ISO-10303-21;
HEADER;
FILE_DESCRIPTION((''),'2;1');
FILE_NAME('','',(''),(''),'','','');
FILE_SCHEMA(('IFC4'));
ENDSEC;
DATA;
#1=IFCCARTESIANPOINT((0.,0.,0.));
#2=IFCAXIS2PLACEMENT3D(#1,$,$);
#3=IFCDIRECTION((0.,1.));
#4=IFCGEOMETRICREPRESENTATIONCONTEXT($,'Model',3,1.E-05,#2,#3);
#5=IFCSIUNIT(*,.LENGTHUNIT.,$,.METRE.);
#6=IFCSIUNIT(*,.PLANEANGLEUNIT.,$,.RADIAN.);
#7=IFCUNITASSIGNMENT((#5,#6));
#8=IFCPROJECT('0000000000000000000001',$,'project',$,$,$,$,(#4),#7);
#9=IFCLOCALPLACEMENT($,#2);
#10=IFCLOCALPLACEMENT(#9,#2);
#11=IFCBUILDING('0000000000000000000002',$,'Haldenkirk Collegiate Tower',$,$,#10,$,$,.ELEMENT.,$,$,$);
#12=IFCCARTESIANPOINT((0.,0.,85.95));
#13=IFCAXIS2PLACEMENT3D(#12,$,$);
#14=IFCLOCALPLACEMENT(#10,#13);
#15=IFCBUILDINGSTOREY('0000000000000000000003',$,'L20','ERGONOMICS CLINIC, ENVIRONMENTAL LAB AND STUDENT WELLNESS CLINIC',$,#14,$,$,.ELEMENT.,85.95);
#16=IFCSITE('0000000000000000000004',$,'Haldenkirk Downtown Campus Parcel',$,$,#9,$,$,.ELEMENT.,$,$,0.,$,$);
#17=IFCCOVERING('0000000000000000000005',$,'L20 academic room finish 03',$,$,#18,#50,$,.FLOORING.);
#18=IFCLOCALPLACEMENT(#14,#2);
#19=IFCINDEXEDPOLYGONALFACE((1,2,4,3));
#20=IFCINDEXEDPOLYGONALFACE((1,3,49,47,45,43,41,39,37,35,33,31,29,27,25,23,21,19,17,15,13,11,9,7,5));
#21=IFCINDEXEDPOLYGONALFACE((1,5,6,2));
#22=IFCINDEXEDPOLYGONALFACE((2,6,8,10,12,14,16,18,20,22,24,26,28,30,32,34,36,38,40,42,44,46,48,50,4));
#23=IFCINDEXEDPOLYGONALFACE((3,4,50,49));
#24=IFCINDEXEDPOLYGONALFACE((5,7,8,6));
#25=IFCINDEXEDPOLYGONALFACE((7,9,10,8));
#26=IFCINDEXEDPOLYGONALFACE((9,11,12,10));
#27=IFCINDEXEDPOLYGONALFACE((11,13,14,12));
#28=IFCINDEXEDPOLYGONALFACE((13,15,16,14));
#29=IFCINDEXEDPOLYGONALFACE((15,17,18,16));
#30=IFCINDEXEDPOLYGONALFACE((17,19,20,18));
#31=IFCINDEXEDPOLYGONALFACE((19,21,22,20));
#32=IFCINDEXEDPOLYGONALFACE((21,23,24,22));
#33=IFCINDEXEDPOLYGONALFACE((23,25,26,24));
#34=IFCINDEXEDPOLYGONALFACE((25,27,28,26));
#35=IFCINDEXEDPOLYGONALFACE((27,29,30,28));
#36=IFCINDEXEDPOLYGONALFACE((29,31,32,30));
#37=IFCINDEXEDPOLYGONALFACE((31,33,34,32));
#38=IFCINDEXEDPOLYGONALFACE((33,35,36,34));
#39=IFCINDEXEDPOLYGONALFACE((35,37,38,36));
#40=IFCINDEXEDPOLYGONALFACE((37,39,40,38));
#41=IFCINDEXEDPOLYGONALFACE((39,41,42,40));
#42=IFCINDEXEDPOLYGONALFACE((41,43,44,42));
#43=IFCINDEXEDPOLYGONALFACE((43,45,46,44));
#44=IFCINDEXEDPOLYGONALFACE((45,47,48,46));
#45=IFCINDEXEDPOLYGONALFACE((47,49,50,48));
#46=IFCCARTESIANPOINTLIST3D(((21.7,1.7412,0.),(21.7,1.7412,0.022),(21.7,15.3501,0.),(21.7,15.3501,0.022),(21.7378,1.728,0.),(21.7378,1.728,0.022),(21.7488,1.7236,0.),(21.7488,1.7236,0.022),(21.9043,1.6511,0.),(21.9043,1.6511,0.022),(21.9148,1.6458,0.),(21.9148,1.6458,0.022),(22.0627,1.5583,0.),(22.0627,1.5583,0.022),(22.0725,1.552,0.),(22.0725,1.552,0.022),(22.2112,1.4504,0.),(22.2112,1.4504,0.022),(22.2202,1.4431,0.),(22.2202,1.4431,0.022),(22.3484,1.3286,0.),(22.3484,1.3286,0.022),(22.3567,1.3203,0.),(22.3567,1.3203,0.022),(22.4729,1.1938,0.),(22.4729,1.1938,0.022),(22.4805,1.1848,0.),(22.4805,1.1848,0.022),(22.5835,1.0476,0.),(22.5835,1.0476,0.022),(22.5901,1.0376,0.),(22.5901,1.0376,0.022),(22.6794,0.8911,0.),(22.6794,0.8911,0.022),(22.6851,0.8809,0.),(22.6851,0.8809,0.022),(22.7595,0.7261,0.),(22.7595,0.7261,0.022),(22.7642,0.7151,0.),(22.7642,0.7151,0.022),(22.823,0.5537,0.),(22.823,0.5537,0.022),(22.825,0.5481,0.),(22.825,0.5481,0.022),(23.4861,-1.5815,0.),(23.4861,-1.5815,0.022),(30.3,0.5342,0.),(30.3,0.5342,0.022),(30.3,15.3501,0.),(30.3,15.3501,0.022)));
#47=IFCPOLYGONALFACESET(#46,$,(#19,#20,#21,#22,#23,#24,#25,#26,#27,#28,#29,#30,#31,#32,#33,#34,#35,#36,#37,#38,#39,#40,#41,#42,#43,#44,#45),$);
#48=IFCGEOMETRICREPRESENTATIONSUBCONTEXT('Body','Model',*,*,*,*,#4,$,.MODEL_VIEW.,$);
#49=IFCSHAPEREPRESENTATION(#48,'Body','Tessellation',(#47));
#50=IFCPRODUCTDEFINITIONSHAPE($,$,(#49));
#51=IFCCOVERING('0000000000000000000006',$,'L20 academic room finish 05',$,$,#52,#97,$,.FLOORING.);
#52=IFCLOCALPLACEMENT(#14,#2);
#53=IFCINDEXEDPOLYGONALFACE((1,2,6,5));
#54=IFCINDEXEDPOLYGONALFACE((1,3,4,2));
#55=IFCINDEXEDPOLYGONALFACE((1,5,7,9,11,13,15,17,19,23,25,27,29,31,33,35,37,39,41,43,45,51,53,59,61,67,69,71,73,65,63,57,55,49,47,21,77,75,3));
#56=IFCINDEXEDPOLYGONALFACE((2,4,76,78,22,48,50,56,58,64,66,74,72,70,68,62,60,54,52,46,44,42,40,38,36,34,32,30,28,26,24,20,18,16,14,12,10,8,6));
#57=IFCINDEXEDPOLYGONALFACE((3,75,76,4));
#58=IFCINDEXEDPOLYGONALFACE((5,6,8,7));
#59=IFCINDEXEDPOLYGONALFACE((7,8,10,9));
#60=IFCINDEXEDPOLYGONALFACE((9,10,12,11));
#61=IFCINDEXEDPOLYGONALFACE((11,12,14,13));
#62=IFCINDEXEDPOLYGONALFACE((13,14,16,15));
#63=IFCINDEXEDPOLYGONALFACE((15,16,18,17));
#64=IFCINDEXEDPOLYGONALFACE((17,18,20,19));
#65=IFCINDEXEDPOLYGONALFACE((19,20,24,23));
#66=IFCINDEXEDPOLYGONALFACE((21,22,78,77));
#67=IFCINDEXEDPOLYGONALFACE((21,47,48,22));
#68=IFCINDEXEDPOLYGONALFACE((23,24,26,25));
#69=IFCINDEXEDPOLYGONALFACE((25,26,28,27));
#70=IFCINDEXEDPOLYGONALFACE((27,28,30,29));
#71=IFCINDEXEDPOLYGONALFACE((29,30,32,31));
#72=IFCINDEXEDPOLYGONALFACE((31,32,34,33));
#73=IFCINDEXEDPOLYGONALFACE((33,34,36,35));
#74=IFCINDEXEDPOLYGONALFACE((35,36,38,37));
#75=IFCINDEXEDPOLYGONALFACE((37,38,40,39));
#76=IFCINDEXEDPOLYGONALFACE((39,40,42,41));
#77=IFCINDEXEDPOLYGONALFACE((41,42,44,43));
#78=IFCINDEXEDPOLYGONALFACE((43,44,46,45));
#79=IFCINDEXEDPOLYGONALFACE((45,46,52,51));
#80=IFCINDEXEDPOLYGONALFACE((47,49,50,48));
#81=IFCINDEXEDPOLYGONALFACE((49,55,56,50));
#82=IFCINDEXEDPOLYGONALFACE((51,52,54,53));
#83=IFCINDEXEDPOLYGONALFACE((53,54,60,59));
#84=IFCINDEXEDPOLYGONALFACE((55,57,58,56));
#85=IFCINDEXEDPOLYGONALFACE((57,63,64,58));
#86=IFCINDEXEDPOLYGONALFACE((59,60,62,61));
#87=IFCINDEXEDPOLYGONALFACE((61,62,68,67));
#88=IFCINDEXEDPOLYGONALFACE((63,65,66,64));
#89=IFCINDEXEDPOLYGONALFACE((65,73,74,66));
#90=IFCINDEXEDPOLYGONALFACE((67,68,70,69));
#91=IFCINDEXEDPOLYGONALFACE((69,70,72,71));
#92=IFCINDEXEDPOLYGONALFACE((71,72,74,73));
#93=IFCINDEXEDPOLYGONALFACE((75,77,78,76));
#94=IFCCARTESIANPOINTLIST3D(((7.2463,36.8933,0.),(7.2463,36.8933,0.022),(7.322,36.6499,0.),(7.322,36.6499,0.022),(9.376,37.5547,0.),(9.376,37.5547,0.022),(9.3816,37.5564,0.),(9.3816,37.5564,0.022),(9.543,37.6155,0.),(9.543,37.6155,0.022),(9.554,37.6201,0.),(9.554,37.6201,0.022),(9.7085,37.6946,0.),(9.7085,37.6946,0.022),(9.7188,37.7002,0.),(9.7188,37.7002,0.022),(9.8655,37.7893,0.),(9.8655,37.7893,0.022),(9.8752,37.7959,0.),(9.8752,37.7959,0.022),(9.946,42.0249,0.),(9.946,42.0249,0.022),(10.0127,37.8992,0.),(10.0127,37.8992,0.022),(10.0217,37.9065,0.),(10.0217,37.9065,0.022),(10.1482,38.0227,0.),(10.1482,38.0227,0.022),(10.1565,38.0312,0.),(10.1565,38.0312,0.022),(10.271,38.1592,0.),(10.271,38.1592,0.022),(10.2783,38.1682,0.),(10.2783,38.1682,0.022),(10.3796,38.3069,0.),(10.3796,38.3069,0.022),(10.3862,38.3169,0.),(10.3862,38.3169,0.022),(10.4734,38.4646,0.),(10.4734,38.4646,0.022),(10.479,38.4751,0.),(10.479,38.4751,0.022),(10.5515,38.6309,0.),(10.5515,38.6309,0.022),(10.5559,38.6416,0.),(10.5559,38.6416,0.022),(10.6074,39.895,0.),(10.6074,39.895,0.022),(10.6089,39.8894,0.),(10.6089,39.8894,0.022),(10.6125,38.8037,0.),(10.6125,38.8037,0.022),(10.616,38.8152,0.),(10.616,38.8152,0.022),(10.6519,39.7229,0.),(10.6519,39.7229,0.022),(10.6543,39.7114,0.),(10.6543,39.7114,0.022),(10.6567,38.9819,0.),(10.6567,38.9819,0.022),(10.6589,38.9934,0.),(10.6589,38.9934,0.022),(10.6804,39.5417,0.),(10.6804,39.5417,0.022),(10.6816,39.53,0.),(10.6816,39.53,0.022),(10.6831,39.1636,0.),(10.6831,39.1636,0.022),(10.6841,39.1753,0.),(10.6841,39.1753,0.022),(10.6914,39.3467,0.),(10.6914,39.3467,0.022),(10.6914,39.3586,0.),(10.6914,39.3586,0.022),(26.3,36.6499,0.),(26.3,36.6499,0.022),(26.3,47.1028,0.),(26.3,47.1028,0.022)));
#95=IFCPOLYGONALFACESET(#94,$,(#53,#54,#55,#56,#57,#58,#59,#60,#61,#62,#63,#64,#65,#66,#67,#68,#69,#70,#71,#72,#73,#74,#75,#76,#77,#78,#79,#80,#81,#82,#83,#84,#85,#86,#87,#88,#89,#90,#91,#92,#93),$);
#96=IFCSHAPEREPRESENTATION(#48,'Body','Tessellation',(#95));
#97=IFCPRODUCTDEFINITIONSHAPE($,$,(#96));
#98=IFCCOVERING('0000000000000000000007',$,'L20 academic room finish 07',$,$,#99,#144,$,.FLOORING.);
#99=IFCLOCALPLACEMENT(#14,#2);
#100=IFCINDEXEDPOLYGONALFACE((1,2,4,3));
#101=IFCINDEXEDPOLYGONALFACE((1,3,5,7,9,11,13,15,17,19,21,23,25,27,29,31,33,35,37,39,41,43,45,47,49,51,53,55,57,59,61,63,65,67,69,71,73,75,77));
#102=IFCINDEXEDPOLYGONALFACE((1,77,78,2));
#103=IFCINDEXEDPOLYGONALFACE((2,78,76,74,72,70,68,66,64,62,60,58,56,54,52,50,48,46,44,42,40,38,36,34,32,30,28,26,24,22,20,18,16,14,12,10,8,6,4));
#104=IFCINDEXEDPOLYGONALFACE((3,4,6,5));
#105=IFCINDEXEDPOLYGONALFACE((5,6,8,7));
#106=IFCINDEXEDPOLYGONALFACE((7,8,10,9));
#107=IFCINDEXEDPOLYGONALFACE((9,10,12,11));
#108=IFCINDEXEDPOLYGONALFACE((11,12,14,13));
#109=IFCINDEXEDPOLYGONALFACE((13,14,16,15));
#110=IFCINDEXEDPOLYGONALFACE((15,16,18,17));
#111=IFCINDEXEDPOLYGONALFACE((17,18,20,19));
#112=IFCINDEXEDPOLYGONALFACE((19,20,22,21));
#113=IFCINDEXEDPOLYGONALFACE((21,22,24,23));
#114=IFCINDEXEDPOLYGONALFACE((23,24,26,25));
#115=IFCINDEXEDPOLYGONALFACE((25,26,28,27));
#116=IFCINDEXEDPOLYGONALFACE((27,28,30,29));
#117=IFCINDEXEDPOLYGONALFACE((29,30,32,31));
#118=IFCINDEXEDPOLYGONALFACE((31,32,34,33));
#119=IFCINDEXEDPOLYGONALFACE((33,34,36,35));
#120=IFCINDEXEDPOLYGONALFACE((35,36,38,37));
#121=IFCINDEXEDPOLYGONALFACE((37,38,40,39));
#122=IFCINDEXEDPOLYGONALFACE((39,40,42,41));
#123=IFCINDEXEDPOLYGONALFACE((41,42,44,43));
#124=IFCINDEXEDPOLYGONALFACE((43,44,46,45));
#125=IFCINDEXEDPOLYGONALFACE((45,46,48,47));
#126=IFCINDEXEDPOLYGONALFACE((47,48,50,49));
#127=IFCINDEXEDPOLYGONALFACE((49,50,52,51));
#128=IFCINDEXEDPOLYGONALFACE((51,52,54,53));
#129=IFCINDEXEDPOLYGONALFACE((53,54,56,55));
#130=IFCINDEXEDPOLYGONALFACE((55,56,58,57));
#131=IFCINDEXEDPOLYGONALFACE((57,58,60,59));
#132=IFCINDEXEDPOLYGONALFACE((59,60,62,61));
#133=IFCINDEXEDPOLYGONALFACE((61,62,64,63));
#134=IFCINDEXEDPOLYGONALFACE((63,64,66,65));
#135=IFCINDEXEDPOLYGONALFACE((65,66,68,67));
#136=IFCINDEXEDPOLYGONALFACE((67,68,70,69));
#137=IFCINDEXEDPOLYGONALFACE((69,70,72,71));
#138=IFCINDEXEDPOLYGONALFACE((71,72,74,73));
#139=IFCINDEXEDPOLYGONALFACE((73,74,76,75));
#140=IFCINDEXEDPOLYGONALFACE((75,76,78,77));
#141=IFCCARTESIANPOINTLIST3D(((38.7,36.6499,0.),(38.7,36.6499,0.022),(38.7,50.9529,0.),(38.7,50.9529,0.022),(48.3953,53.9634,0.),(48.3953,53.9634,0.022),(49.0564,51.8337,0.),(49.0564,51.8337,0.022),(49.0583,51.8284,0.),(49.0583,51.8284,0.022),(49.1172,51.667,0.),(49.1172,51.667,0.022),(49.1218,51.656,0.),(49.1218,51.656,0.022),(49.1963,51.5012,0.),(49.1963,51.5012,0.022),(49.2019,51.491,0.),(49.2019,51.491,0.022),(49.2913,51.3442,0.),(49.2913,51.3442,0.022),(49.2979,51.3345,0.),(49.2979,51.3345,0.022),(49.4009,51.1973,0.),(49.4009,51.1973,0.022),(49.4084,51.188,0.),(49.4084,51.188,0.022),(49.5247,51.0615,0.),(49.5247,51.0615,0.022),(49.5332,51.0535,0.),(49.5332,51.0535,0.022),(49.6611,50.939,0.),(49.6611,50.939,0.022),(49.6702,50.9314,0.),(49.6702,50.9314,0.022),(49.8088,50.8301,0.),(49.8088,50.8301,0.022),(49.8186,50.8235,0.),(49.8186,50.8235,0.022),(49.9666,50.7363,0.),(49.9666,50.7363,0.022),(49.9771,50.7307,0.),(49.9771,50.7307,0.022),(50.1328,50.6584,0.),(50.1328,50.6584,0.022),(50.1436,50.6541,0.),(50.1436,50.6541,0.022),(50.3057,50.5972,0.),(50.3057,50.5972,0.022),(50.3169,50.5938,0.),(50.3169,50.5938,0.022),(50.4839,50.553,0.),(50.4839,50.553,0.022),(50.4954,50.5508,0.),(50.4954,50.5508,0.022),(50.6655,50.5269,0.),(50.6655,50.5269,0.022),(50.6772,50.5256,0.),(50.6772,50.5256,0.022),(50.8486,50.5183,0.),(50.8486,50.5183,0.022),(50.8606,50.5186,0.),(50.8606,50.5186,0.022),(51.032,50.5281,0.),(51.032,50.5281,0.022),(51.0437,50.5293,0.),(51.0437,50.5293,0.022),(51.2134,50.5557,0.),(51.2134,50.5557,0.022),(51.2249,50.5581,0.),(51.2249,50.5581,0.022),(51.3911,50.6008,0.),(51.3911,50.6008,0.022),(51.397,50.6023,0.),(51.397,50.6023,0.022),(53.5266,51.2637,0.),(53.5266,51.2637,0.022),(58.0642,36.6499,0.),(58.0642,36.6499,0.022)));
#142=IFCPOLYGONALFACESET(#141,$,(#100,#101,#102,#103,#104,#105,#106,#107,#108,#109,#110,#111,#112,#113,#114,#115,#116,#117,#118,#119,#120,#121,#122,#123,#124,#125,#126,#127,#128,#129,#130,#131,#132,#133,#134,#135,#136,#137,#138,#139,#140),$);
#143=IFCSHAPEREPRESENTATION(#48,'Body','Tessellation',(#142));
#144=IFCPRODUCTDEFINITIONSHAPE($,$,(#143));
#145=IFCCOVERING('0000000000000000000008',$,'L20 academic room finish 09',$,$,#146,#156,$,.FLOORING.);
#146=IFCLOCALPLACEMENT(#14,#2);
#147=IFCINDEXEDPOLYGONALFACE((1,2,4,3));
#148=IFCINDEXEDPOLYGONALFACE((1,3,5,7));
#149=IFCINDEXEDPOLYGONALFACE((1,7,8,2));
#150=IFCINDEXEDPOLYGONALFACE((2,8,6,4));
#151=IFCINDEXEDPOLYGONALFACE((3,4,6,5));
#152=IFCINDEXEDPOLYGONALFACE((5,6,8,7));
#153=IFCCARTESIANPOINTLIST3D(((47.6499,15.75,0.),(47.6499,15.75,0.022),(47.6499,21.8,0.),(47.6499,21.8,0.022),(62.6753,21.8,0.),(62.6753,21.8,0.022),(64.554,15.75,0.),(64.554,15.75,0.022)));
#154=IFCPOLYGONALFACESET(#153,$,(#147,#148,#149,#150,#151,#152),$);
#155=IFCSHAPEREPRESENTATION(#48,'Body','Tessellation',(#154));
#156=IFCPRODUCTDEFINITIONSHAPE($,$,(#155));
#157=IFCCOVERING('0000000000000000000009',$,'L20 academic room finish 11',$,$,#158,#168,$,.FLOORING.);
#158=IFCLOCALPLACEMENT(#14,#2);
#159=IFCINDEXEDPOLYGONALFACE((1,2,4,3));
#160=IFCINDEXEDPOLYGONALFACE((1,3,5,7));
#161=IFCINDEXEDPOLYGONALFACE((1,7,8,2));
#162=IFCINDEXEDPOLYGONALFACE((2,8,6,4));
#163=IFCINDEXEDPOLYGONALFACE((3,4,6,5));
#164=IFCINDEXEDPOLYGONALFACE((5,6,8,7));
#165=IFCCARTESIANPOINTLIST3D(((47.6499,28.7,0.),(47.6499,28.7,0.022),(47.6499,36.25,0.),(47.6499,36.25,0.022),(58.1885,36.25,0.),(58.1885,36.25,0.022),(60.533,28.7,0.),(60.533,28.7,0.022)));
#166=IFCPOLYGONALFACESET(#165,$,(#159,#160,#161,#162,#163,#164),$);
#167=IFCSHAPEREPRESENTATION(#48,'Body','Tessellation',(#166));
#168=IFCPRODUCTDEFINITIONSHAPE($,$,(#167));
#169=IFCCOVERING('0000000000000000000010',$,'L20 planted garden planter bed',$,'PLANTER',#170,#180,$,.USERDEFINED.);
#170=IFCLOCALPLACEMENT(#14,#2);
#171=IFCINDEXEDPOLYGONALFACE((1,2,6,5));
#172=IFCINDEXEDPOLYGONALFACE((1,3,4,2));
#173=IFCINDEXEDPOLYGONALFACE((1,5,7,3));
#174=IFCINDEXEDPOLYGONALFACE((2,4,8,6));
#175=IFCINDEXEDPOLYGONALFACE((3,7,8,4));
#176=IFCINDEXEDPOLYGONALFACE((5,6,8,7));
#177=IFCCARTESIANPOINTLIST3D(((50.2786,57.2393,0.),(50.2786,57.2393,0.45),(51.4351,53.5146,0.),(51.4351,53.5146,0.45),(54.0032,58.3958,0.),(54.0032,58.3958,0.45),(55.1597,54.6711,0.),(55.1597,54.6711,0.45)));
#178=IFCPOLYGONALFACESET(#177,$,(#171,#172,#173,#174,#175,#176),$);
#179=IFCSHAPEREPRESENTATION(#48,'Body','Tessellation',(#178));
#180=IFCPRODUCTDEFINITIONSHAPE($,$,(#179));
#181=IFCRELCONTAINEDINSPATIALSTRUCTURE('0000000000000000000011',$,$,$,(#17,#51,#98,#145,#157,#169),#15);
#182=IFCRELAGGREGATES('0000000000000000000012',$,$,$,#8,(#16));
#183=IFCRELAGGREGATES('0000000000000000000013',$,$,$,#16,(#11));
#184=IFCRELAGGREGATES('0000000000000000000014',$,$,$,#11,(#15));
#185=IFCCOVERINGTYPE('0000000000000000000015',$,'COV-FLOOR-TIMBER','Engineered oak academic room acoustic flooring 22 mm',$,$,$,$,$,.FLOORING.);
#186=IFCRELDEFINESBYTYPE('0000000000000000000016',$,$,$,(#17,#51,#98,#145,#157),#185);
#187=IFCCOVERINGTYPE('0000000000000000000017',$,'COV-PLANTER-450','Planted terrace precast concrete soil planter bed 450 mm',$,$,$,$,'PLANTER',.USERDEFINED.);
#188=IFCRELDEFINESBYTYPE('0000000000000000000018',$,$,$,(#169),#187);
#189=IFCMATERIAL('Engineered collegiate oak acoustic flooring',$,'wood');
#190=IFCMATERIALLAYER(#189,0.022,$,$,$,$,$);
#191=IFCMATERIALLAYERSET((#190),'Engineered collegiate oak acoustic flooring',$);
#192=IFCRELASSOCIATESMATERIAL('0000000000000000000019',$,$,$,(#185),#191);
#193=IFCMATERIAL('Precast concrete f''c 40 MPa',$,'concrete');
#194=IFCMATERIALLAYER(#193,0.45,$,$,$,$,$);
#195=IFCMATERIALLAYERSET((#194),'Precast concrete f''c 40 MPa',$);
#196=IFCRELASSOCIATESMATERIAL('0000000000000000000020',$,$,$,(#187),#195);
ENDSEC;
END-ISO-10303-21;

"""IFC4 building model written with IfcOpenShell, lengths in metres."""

from ifc_helpers import new_model, si_unit, direction, frame, origin, place, context, subcontext, project, spatial, polyline, outline, extrude, material, layer, layer_set, type_object, element, save


model = new_model("IFC4")

# Units and contexts
model_context = context("Model", 3, precision=1e-05, world=origin(), true_north=direction((0.0, 1.0)))
body_context = subcontext(model_context, "Body", "Model", "MODEL_VIEW")
ifc_project = project(units=[si_unit("LENGTHUNIT", "METRE"), si_unit("PLANEANGLEUNIT", "RADIAN")], contexts=[model_context])

# Site, building, storey
site_placement = place(None, origin())
site = spatial("IfcSite", under=ifc_project, at=site_placement, Name="Haldenkirk Downtown Campus Parcel", CompositionType="ELEMENT", RefElevation=0.0)
building_placement = place(site_placement, origin())
building = spatial("IfcBuilding", under=site, at=building_placement, Name="Haldenkirk Collegiate Tower", CompositionType="ELEMENT")
storey_placement = place(building_placement, frame((0.0, 0.0, 85.95)))
storey = spatial("IfcBuildingStorey", under=building, at=storey_placement, Name="L20", Description="ERGONOMICS CLINIC, ENVIRONMENTAL LAB AND STUDENT WELLNESS CLINIC", CompositionType="ELEMENT", Elevation=85.95)

# Coverings
ifc_material_1 = material(Name="Engineered collegiate oak acoustic flooring", Category="wood")
ifc_layer_1 = layer(ifc_material_1, 0.022)
ifc_layer_set_1 = layer_set([ifc_layer_1], Name="Engineered collegiate oak acoustic flooring")
covering_type_1 = type_object("IfcCoveringType", Name="COV-FLOOR-TIMBER", Description="Engineered oak academic room acoustic flooring 22 mm", PredefinedType="FLOORING", material=ifc_layer_set_1)
covering_1_placement = place(storey_placement, origin())
element("IfcCovering", 1, at=covering_1_placement, inside=storey, type_object=covering_type_1, Name="L20 academic room finish 03", PredefinedType="FLOORING", context=body_context, shape_type="SweptSolid", body=[
    extrude(outline(polyline([(22.3567, 1.3203), (22.3484, 1.3286), (22.2202, 1.4431), (22.2112, 1.4504), (22.0725, 1.552), (22.0627, 1.5583), (21.9148, 1.6458), (21.9043, 1.6511), (21.7488, 1.7236), (21.7378, 1.728), (21.7, 1.7412), (21.7, 15.3501), (30.3, 15.3501), (30.3, 0.5342), (23.4861, -1.5815), (22.825, 0.5481), (22.823, 0.5537), (22.7642, 0.7151), (22.7595, 0.7261), (22.6851, 0.8809), (22.6794, 0.8911), (22.5901, 1.0376), (22.5835, 1.0476), (22.4805, 1.1848), (22.4729, 1.1938), (22.3567, 1.3203)])), origin(), (0.0, 0.0, 1.0), 0.022),
])
covering_2_placement = place(storey_placement, origin())
element("IfcCovering", 2, at=covering_2_placement, inside=storey, type_object=covering_type_1, Name="L20 academic room finish 05", PredefinedType="FLOORING", context=body_context, shape_type="SweptSolid", body=[
    extrude(outline(polyline([(9.376, 37.5547), (9.3816, 37.5564), (9.543, 37.6155), (9.554, 37.6201), (9.7085, 37.6946), (9.7188, 37.7002), (9.8655, 37.7893), (9.8752, 37.7959), (10.0127, 37.8992), (10.0217, 37.9065), (10.1482, 38.0227), (10.1565, 38.0312), (10.271, 38.1592), (10.2783, 38.1682), (10.3796, 38.3069), (10.3862, 38.3169), (10.4734, 38.4646), (10.479, 38.4751), (10.5515, 38.6309), (10.5559, 38.6416), (10.6125, 38.8037), (10.616, 38.8152), (10.6567, 38.9819), (10.6589, 38.9934), (10.6831, 39.1636), (10.6841, 39.1753), (10.6914, 39.3467), (10.6914, 39.3586), (10.6816, 39.53), (10.6804, 39.5417), (10.6543, 39.7114), (10.6519, 39.7229), (10.6089, 39.8894), (10.6074, 39.895), (9.946, 42.0249), (26.3, 47.1028), (26.3, 36.6499), (7.322, 36.6499), (7.2463, 36.8933), (9.376, 37.5547)])), origin(), (0.0, 0.0, 1.0), 0.022),
])
covering_3_placement = place(storey_placement, origin())
element("IfcCovering", 3, at=covering_3_placement, inside=storey, type_object=covering_type_1, Name="L20 academic room finish 07", PredefinedType="FLOORING", context=body_context, shape_type="SweptSolid", body=[
    extrude(outline(polyline([(48.3953, 53.9634), (49.0564, 51.8337), (49.0583, 51.8284), (49.1172, 51.667), (49.1218, 51.656), (49.1963, 51.5012), (49.2019, 51.491), (49.2913, 51.3442), (49.2979, 51.3345), (49.4009, 51.1973), (49.4084, 51.188), (49.5247, 51.0615), (49.5332, 51.0535), (49.6611, 50.939), (49.6702, 50.9314), (49.8088, 50.8301), (49.8186, 50.8235), (49.9666, 50.7363), (49.9771, 50.7307), (50.1328, 50.6584), (50.1436, 50.6541), (50.3057, 50.5972), (50.3169, 50.5938), (50.4839, 50.553), (50.4954, 50.5508), (50.6655, 50.5269), (50.6772, 50.5256), (50.8486, 50.5183), (50.8606, 50.5186), (51.032, 50.5281), (51.0437, 50.5293), (51.2134, 50.5557), (51.2249, 50.5581), (51.3911, 50.6008), (51.397, 50.6023), (53.5266, 51.2637), (58.0642, 36.6499), (38.7, 36.6499), (38.7, 50.9529), (48.3953, 53.9634)])), origin(), (0.0, 0.0, 1.0), 0.022),
])
covering_4_placement = place(storey_placement, origin())
element("IfcCovering", 4, at=covering_4_placement, inside=storey, type_object=covering_type_1, Name="L20 academic room finish 09", PredefinedType="FLOORING", context=body_context, shape_type="SweptSolid", body=[
    extrude(outline(polyline([(64.554, 15.75), (47.6499, 15.75), (47.6499, 21.8), (62.6753, 21.8), (64.554, 15.75)])), origin(), (0.0, 0.0, 1.0), 0.022),
])
covering_5_placement = place(storey_placement, origin())
element("IfcCovering", 5, at=covering_5_placement, inside=storey, type_object=covering_type_1, Name="L20 academic room finish 11", PredefinedType="FLOORING", context=body_context, shape_type="SweptSolid", body=[
    extrude(outline(polyline([(60.533, 28.7), (47.6499, 28.7), (47.6499, 36.25), (58.1885, 36.25), (60.533, 28.7)])), origin(), (0.0, 0.0, 1.0), 0.022),
])
ifc_material_2 = material(Name="Precast concrete f'c 40 MPa", Category="concrete")
ifc_layer_2 = layer(ifc_material_2, 0.45)
ifc_layer_set_2 = layer_set([ifc_layer_2], Name="Precast concrete f'c 40 MPa")
covering_type_2 = type_object("IfcCoveringType", Name="COV-PLANTER-450", Description="Planted terrace precast concrete soil planter bed 450 mm", ElementType="PLANTER", PredefinedType="USERDEFINED", material=ifc_layer_set_2)
covering_6_placement = place(storey_placement, origin())
element("IfcCovering", 6, at=covering_6_placement, inside=storey, type_object=covering_type_2, Name="L20 planted garden planter bed", ObjectType="PLANTER", PredefinedType="USERDEFINED", context=body_context, shape_type="SweptSolid", body=[
    extrude(outline(polyline([(51.4351, 53.5146), (50.2786, 57.2393), (54.0032, 58.3958), (55.1597, 54.6711), (51.4351, 53.5146)])), origin(), (0.0, 0.0, 1.0), 0.45),
])

save(model, "model.ifc")
